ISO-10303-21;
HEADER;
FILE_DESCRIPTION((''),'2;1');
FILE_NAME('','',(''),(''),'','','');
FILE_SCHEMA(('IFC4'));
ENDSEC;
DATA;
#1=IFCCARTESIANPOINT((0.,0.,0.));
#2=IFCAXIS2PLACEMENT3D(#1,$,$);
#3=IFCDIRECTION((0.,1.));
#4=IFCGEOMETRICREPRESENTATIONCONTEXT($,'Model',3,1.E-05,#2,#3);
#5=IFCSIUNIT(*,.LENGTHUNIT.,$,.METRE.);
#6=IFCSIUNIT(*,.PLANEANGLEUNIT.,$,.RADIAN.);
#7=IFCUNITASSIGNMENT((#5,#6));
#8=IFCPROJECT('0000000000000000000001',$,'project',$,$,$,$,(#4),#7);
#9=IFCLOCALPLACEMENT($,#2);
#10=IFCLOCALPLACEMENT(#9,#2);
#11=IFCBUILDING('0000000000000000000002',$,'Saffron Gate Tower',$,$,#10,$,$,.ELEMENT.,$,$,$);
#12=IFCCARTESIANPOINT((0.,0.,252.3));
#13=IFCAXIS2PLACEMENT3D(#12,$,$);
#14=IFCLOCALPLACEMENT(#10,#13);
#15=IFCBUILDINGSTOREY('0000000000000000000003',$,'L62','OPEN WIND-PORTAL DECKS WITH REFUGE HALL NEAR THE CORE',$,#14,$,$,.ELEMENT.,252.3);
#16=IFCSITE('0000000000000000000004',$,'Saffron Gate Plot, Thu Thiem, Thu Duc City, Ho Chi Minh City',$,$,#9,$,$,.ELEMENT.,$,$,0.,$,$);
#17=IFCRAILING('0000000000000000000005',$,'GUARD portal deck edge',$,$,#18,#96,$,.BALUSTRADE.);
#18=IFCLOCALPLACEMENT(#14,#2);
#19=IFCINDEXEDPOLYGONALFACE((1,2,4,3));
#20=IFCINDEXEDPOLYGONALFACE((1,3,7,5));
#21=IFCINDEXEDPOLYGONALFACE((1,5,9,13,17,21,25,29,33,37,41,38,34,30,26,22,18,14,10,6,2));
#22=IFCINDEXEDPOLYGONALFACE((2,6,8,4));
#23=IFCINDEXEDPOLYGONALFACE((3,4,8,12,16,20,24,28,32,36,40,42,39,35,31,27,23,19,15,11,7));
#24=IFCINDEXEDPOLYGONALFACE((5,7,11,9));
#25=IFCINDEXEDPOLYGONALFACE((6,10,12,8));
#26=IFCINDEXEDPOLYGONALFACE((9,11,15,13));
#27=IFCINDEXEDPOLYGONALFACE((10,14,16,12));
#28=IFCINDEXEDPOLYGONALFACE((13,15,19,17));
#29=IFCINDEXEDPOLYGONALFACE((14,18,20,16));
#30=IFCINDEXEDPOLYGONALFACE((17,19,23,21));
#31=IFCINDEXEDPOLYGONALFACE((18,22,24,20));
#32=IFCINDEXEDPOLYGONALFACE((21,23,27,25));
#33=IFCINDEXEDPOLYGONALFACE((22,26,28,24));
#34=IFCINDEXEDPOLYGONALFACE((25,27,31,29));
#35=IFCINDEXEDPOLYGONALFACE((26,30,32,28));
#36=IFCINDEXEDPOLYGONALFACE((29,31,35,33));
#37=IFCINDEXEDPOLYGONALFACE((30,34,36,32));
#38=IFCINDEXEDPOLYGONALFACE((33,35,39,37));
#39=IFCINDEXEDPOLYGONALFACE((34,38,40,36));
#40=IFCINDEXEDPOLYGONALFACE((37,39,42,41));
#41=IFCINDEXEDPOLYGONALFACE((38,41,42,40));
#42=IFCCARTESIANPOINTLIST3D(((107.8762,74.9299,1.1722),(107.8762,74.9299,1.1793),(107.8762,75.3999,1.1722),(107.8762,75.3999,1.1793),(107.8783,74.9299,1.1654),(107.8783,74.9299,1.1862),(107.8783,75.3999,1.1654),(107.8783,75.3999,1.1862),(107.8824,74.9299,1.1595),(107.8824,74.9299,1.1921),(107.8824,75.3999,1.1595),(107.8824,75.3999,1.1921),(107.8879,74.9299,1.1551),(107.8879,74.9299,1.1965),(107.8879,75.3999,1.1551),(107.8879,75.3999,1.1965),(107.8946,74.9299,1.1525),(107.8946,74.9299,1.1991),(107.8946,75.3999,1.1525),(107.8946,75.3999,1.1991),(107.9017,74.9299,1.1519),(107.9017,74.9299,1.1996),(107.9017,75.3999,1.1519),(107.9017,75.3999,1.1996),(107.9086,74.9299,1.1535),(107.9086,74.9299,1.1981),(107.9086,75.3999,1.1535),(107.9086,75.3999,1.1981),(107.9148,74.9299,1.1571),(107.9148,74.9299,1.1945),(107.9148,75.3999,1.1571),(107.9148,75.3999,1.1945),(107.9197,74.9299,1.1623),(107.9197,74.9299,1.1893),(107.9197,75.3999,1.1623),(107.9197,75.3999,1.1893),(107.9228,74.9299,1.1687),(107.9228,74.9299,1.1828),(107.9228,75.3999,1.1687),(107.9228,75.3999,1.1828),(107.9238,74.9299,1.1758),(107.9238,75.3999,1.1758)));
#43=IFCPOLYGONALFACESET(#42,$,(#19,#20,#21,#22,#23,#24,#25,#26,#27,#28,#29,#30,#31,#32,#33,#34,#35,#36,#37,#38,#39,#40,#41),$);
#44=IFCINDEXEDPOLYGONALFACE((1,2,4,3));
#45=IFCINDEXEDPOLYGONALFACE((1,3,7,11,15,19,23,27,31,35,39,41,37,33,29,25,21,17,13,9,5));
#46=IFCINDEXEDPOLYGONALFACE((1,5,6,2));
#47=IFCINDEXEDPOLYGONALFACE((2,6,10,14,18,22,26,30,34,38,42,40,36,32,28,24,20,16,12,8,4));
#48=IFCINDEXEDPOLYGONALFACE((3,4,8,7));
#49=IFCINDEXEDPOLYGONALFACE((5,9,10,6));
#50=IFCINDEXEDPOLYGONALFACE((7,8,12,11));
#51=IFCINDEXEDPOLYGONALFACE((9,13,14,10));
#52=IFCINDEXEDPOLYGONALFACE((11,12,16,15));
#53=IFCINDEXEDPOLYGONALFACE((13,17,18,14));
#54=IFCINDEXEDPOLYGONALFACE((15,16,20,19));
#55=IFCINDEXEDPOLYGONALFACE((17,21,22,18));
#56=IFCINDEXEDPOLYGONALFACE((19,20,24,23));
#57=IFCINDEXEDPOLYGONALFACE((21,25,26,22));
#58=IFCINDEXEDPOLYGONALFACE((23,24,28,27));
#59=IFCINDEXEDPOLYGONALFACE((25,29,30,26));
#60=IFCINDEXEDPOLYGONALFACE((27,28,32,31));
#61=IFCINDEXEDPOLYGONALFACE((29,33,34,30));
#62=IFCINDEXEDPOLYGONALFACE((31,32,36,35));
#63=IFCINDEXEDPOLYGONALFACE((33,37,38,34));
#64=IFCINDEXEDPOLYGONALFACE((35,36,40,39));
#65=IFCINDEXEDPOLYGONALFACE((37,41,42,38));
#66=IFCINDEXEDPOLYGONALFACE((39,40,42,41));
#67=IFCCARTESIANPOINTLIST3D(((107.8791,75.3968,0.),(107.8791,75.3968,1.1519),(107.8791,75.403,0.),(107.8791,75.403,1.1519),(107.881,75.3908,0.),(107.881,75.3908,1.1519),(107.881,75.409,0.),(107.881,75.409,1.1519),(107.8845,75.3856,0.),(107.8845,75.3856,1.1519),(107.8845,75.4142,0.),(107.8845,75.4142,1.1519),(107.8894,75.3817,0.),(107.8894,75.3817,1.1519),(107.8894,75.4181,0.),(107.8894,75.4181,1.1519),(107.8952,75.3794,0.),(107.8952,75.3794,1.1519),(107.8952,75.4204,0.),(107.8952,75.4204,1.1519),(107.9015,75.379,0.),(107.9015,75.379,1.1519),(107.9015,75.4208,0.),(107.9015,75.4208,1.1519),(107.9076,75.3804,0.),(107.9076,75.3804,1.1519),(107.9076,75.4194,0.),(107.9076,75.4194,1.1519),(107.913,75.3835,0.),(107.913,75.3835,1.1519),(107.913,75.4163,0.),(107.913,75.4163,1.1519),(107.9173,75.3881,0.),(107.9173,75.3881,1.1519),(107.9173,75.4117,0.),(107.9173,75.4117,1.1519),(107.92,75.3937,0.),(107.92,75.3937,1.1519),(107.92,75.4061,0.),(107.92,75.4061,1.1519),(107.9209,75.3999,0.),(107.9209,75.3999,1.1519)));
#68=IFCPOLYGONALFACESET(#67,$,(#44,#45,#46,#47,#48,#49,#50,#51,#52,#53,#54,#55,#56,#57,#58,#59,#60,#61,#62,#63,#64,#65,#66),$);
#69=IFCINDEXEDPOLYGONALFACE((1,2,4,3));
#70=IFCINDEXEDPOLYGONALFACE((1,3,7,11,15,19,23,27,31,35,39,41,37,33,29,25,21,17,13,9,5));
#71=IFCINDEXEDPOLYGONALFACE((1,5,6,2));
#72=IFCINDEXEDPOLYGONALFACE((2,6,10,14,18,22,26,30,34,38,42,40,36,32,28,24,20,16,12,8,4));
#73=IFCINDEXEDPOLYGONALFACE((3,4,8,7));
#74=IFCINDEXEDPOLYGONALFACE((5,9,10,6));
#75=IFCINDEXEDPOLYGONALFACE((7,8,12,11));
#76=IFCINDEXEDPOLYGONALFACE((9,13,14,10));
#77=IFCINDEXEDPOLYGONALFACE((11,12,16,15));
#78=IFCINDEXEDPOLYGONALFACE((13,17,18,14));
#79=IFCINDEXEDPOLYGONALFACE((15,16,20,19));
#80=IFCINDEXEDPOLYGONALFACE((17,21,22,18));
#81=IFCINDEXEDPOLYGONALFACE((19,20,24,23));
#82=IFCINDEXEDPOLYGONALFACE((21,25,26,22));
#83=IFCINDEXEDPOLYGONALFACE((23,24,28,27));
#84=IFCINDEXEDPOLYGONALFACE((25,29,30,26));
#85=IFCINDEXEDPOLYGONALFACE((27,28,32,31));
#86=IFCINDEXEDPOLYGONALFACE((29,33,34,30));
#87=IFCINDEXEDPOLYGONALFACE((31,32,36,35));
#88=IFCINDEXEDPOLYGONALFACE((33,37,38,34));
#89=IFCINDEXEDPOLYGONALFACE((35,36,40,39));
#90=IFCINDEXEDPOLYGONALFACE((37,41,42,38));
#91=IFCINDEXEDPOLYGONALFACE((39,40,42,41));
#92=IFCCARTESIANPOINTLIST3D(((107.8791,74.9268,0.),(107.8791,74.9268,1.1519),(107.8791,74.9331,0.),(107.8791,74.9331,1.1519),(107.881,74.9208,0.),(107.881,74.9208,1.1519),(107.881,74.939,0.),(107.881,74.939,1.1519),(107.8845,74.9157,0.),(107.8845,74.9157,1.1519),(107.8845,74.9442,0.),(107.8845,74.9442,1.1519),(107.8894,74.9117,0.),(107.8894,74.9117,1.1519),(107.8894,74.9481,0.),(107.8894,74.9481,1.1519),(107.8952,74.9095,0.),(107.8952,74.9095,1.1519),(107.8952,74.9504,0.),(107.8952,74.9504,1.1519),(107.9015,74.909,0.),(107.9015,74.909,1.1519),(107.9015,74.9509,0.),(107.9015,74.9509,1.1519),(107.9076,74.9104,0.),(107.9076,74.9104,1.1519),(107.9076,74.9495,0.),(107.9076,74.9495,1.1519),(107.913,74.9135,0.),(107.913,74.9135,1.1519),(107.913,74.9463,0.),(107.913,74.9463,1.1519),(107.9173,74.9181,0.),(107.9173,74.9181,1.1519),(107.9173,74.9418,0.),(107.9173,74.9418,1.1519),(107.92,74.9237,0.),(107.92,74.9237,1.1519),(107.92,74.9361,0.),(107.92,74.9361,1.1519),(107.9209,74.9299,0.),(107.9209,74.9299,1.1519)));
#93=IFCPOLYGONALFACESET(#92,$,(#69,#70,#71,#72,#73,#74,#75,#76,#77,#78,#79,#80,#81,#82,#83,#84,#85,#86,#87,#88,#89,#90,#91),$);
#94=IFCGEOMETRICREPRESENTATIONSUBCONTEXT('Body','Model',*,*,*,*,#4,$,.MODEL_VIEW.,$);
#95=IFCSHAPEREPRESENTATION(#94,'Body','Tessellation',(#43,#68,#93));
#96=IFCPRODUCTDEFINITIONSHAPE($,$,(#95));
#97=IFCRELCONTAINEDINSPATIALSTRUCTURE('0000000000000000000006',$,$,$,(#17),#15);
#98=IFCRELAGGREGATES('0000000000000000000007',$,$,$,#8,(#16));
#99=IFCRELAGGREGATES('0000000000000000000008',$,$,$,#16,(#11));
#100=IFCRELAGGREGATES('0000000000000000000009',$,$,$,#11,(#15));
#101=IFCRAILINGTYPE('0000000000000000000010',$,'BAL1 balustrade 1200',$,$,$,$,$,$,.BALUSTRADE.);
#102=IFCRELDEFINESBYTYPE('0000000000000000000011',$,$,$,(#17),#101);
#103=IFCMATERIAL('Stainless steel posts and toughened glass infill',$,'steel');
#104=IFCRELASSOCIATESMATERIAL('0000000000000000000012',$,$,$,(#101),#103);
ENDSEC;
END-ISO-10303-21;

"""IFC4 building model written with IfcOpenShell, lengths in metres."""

from ifc_helpers import new_model, si_unit, direction, frame, origin, origin_2d, place, context, subcontext, project, spatial, circle, extrude, material, type_object, element, save


model = new_model("IFC4")

# Units and contexts
model_context = context("Model", 3, precision=1e-05, world=origin(), true_north=direction((0.0, 1.0)))
body_context = subcontext(model_context, "Body", "Model", "MODEL_VIEW")
ifc_project = project(units=[si_unit("LENGTHUNIT", "METRE"), si_unit("PLANEANGLEUNIT", "RADIAN")], contexts=[model_context])

# Site, building, storey
site_placement = place(None, origin())
site = spatial("IfcSite", under=ifc_project, at=site_placement, Name="Saffron Gate Plot, Thu Thiem, Thu Duc City, Ho Chi Minh City", CompositionType="ELEMENT", RefElevation=0.0)
building_placement = place(site_placement, origin())
building = spatial("IfcBuilding", under=site, at=building_placement, Name="Saffron Gate Tower", CompositionType="ELEMENT")
storey_placement = place(building_placement, frame((0.0, 0.0, 252.3)))
storey = spatial("IfcBuildingStorey", under=building, at=storey_placement, Name="L62", Description="OPEN WIND-PORTAL DECKS WITH REFUGE HALL NEAR THE CORE", CompositionType="ELEMENT", Elevation=252.3)

# Railing
ifc_material_1 = material(Name="Stainless steel posts and toughened glass infill", Category="steel")
railing_type_1 = type_object("IfcRailingType", Name="BAL1 balustrade 1200", PredefinedType="BALUSTRADE", material=ifc_material_1)
railing_1_placement = place(storey_placement, frame((107.8999, 75.3999, 0.0)))
element("IfcRailing", 1, at=railing_1_placement, inside=storey, type_object=railing_type_1, Name="GUARD portal deck edge", PredefinedType="BALUSTRADE", context=body_context, shape_type="SweptSolid", body=[
    extrude(circle(Radius=0.0239, at=origin_2d()), frame((0.0, 0.0, 1.1758), z_axis=(0.0, -1.0, 0.0), x_axis=(1.0, 0.0, 0.0)), (0.0, 0.0, 1.0), 0.47),
    extrude(circle(Radius=0.021, at=origin_2d()), origin(), (0.0, 0.0, 1.0), 1.1519),
    extrude(circle(Radius=0.021, at=origin_2d()), frame((0.0, -0.47, 0.0)), (0.0, 0.0, 1.0), 1.1519),
])

save(model, "model.ifc")
